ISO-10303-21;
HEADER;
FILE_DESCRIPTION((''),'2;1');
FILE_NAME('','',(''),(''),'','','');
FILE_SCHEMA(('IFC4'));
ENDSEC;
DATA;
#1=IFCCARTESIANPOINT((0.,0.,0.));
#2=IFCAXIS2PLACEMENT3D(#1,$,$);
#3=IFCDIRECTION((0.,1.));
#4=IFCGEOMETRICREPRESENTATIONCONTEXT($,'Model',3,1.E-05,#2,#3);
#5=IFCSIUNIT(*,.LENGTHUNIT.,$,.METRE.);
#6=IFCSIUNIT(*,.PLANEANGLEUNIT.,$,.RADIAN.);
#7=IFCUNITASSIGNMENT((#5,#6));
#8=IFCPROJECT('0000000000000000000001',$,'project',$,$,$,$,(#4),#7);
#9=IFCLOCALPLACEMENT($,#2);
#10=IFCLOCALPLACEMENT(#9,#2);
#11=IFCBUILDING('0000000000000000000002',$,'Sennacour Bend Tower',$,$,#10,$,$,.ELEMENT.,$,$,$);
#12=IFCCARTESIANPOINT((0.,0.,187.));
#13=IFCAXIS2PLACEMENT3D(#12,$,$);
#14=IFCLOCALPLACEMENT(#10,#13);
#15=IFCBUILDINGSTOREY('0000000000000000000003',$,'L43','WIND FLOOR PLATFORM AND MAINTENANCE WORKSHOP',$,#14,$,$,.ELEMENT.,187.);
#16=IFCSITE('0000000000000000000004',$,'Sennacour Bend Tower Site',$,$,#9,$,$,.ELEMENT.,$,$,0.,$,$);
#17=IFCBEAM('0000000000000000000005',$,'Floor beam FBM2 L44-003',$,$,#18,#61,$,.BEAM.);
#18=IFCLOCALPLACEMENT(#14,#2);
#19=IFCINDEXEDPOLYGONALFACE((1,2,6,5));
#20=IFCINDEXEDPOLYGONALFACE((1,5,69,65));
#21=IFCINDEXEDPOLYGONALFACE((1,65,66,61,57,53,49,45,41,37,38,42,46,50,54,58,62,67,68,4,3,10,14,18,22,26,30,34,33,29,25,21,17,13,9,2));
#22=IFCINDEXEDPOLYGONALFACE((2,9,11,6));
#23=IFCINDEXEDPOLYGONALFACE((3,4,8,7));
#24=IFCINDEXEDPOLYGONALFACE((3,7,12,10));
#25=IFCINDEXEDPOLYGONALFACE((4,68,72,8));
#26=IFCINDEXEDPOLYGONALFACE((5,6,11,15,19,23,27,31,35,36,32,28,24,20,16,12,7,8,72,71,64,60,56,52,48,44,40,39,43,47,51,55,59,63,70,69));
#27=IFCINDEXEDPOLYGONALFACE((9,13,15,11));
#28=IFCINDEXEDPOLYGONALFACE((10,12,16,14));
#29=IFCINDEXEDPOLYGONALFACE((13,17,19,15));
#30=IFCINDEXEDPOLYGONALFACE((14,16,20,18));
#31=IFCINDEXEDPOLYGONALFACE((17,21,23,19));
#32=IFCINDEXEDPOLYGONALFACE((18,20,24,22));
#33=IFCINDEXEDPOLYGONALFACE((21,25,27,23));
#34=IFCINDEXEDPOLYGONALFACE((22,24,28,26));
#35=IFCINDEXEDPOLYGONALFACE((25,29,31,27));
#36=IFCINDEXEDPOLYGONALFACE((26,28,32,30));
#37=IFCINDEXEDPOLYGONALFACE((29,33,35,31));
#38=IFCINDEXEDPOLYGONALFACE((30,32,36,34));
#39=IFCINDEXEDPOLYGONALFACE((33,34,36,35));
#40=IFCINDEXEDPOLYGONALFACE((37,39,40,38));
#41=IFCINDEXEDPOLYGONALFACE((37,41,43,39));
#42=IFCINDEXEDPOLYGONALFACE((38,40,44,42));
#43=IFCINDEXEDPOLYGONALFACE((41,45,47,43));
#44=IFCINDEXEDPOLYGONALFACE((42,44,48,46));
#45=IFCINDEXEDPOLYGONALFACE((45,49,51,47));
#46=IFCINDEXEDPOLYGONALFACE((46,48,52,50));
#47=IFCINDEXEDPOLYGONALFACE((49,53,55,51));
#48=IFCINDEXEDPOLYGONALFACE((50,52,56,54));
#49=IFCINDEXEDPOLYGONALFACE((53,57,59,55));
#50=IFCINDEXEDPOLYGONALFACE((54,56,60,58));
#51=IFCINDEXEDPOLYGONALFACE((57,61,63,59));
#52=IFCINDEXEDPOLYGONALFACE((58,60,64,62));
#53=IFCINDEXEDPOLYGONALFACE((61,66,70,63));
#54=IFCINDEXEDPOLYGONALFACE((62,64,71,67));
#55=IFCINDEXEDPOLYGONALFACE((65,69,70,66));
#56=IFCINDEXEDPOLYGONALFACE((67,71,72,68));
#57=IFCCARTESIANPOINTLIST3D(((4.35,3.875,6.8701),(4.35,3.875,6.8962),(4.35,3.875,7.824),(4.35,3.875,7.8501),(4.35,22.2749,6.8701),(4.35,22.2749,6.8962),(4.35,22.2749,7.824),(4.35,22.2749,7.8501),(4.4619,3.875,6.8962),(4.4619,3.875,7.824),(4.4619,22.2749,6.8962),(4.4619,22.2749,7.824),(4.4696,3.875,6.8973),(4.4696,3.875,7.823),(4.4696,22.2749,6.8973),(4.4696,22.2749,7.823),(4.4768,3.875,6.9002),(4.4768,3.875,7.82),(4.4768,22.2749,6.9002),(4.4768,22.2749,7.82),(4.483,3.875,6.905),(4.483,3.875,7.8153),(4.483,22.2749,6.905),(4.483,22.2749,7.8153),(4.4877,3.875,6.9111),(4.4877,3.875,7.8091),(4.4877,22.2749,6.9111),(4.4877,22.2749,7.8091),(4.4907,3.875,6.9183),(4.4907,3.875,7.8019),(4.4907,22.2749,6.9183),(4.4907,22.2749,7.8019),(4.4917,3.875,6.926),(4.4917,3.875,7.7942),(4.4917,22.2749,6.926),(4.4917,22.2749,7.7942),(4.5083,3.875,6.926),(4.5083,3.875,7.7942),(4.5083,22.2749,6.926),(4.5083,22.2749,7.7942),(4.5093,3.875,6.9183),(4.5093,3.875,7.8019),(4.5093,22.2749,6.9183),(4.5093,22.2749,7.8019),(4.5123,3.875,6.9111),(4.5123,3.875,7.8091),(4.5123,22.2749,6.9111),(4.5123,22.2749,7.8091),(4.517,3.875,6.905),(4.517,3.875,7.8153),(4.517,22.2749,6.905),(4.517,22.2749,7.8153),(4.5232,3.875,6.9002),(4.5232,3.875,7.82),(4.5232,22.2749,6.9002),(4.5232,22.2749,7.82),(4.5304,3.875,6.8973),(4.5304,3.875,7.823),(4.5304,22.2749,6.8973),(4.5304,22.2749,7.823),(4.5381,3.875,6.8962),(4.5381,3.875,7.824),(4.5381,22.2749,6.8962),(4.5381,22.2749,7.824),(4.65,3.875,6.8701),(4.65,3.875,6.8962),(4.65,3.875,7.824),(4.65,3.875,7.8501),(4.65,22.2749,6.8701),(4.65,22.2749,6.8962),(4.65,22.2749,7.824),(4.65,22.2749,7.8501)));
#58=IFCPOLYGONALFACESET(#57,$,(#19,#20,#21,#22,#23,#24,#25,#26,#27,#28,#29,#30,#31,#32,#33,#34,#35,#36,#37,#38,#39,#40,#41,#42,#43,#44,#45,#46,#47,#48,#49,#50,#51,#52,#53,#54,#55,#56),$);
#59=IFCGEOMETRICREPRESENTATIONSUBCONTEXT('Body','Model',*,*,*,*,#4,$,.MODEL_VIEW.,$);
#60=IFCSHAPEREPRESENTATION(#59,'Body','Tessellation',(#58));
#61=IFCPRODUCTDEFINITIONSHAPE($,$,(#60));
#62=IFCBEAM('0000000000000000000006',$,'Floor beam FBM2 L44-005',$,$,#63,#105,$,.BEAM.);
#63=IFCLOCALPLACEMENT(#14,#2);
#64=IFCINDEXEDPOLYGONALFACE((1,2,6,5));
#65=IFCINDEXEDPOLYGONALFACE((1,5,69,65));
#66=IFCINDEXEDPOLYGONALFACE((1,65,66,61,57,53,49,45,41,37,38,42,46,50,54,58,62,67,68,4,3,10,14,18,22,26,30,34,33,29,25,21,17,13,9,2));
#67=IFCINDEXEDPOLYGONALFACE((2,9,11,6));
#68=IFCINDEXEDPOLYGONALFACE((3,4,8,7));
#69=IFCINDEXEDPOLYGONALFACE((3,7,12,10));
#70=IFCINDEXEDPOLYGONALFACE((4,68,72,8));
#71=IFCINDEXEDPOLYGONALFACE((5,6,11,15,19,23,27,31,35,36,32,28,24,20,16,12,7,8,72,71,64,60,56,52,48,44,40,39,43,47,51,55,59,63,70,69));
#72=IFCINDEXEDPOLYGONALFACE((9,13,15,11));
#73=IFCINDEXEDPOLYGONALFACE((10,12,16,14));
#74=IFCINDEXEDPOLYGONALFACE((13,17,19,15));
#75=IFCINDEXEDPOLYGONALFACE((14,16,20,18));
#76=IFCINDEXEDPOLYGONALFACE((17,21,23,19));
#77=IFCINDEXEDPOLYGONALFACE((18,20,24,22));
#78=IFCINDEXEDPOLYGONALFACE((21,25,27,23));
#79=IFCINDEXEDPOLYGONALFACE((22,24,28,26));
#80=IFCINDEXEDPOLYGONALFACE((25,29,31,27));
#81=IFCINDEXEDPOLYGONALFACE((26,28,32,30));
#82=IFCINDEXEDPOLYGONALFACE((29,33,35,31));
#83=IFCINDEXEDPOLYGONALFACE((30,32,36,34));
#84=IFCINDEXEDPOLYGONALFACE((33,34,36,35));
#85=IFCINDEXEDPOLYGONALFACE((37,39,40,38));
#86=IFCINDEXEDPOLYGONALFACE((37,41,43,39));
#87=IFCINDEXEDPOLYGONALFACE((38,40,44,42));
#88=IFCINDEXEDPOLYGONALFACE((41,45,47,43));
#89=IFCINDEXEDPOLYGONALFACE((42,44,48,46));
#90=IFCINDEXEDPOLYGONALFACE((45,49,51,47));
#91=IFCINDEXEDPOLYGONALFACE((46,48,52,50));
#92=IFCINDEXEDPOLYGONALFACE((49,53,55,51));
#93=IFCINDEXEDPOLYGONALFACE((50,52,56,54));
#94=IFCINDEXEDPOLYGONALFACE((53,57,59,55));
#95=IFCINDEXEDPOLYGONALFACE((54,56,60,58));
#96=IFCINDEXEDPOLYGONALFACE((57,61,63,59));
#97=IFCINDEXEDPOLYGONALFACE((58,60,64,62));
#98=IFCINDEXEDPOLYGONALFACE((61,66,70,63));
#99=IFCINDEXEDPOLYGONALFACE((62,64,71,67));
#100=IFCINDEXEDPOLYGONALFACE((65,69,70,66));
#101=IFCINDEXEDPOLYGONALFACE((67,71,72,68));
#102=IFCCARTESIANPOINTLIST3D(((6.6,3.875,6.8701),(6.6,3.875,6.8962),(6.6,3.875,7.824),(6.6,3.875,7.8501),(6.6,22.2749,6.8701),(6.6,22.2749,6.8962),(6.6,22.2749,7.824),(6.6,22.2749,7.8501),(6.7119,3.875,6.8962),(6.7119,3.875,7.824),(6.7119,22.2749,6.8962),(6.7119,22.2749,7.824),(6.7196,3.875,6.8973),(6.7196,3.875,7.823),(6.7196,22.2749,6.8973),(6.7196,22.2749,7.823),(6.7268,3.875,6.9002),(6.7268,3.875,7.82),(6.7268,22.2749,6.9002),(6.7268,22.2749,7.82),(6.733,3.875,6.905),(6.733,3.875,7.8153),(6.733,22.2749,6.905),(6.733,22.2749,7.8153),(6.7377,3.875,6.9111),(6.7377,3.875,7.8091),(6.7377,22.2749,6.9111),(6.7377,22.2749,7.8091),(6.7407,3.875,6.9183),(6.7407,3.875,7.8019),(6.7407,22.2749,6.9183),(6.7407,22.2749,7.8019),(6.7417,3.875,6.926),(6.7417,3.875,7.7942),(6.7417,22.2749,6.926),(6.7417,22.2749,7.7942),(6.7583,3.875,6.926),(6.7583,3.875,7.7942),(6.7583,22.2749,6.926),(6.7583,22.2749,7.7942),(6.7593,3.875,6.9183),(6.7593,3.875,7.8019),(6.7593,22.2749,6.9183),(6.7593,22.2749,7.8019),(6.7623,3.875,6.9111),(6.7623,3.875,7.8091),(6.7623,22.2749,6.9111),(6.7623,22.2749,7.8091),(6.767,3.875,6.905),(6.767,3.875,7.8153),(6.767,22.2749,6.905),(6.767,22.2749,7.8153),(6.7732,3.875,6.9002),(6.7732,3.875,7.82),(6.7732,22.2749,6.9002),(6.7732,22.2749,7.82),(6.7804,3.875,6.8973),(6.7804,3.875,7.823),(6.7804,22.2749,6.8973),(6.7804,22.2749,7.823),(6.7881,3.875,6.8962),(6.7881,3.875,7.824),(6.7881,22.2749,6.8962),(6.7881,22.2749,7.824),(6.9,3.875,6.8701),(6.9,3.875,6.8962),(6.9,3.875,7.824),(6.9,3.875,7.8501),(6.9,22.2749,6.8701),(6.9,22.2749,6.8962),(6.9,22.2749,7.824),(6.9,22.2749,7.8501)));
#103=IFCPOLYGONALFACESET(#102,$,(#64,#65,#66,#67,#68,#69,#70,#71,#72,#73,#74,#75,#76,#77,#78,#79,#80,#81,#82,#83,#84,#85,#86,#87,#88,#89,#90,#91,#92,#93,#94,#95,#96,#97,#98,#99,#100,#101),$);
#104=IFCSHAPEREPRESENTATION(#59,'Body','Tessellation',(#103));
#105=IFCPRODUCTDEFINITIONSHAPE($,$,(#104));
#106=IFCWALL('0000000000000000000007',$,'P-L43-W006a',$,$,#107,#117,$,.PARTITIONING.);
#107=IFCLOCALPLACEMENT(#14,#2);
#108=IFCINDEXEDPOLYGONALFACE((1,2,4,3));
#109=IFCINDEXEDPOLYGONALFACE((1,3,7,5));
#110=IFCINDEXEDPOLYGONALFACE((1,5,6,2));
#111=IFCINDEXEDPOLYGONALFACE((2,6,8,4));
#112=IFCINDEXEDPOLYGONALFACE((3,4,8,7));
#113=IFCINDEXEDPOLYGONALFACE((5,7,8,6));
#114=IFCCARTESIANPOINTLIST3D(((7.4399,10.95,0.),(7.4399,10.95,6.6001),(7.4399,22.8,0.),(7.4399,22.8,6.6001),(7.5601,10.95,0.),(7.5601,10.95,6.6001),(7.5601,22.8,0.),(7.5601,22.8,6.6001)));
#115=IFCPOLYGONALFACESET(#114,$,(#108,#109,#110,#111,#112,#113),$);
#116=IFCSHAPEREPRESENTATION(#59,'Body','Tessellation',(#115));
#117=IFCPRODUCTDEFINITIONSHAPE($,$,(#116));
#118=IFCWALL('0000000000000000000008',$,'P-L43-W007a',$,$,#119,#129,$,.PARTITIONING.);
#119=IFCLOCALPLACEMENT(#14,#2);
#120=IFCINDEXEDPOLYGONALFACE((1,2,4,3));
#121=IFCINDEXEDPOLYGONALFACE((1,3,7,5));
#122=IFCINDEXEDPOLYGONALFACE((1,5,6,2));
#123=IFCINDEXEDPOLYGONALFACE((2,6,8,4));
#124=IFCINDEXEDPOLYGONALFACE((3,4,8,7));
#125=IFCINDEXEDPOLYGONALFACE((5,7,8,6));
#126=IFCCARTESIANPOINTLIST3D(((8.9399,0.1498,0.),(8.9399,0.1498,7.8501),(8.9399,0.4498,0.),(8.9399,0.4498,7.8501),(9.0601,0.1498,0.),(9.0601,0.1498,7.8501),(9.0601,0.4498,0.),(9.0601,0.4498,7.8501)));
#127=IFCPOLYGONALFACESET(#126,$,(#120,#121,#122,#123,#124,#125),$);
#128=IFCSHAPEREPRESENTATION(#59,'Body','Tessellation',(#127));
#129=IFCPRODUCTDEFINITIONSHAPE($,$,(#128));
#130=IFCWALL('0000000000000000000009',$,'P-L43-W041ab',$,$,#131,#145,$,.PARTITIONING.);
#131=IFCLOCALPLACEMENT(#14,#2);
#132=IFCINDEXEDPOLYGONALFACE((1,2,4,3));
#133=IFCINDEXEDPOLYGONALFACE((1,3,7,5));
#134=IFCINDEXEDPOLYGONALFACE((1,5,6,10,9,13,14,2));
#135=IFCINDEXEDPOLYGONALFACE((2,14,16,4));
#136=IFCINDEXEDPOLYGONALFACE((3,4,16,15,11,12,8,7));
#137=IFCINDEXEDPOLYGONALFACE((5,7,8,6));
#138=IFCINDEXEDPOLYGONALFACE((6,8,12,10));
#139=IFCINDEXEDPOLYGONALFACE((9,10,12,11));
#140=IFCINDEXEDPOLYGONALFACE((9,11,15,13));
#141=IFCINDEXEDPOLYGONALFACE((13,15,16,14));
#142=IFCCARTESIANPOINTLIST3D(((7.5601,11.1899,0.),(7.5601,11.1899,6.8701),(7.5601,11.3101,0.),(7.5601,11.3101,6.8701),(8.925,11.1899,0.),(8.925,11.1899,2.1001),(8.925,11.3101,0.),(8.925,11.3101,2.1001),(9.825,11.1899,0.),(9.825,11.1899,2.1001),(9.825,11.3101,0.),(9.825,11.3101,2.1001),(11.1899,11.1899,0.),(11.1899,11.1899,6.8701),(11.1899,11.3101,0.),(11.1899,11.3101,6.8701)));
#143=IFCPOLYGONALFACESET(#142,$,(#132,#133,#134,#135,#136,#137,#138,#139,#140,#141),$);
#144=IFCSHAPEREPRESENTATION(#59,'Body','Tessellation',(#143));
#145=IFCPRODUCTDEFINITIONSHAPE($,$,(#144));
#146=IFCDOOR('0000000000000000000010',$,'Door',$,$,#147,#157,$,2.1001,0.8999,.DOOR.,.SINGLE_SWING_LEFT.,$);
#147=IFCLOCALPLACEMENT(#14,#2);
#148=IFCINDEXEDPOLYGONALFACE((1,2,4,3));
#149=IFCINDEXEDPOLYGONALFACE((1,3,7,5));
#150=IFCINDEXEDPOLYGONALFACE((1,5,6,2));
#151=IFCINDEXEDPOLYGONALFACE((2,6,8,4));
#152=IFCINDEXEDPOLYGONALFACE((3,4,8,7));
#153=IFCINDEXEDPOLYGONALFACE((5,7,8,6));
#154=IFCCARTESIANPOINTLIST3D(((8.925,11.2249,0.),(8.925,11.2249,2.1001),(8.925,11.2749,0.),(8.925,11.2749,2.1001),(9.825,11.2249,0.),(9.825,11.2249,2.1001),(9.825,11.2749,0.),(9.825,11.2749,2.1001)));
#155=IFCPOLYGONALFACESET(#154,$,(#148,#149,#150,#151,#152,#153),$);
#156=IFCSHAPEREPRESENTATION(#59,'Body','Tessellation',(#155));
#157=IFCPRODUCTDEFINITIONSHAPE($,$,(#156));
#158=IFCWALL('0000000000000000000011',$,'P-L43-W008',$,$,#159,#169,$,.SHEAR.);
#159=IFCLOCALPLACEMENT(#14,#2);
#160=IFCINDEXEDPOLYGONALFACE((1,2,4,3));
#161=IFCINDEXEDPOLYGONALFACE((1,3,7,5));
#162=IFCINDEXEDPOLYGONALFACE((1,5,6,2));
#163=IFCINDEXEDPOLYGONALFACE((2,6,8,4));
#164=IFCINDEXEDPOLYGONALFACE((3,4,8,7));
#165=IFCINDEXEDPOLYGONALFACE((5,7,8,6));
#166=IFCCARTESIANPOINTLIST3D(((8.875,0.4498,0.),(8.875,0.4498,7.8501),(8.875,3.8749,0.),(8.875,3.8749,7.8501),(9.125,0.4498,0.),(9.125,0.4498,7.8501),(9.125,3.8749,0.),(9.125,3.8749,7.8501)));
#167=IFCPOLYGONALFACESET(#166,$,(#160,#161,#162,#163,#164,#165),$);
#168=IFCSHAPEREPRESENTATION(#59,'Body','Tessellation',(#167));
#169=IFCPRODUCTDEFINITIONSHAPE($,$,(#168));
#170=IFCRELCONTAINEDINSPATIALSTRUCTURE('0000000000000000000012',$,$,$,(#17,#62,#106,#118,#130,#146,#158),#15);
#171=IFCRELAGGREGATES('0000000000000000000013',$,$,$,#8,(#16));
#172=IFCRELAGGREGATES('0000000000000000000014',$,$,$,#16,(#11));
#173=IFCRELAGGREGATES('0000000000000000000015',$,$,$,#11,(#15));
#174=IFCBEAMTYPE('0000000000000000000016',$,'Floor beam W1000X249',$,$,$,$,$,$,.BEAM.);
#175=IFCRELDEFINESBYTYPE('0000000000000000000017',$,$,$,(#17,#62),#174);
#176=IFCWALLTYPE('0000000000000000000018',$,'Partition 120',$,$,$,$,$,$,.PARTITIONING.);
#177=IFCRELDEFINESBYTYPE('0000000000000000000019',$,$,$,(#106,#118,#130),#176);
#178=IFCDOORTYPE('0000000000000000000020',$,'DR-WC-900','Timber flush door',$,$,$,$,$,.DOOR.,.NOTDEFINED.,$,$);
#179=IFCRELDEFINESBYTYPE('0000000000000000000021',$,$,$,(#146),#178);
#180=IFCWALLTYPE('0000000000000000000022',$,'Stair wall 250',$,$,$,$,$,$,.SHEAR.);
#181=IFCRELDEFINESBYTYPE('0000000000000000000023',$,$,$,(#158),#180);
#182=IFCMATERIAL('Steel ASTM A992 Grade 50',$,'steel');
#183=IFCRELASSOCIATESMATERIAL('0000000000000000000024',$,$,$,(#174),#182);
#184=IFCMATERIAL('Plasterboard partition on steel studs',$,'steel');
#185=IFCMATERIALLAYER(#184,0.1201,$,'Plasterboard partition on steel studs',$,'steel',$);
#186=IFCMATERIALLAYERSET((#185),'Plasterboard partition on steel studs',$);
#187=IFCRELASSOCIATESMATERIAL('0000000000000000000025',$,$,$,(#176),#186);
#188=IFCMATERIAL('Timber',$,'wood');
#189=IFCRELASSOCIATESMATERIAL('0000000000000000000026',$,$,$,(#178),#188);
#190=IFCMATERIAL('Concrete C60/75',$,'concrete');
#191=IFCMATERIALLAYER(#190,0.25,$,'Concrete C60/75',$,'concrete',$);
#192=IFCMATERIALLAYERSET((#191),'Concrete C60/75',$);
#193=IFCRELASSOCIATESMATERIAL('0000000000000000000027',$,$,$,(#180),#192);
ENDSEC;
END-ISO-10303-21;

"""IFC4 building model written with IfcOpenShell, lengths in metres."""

from ifc_helpers import new_model, si_unit, direction, frame, frame_2d, origin, origin_2d, place, context, subcontext, project, spatial, rectangle, i_section, extrude, material, layer, layer_set, material_profile, profile_set, type_object, element, fill, save


model = new_model("IFC4")

# Units and contexts
model_context = context("Model", 3, precision=1e-05, world=origin(), true_north=direction((0.0, 1.0)))
body_context = subcontext(model_context, "Body", "Model", "MODEL_VIEW")
ifc_project = project(units=[si_unit("LENGTHUNIT", "METRE"), si_unit("PLANEANGLEUNIT", "RADIAN")], contexts=[model_context])

# Site, building, storey
site_placement = place(None, origin())
site = spatial("IfcSite", under=ifc_project, at=site_placement, Name="Sennacour Bend Tower Site", CompositionType="ELEMENT", RefElevation=0.0)
building_placement = place(site_placement, origin())
building = spatial("IfcBuilding", under=site, at=building_placement, Name="Sennacour Bend Tower", CompositionType="ELEMENT")
storey_placement = place(building_placement, frame((0.0, 0.0, 187.0)))
storey = spatial("IfcBuildingStorey", under=building, at=storey_placement, Name="L43", Description="WIND FLOOR PLATFORM AND MAINTENANCE WORKSHOP", CompositionType="ELEMENT", Elevation=187.0)

# Shared definitions
ifc_material_1 = material(Name="Steel ASTM A992 Grade 50", Category="steel")

# Beams
ifc_material_profile_1 = material_profile(ifc_material_1, i_section(OverallWidth=0.3, OverallDepth=0.98, WebThickness=0.0166, FlangeThickness=0.0261, FilletRadius=0.0298, at=origin_2d()), Name="Steel ASTM A992 Grade 50", Category="steel")
ifc_profile_set_1 = profile_set([ifc_material_profile_1], Name="Steel ASTM A992 Grade 50")
beam_type = type_object("IfcBeamType", Name="Floor beam W1000X249", PredefinedType="BEAM", material=ifc_profile_set_1)
for number, where, z_axis, x_axis, name in (
    (1, (4.5, 3.875, 7.3601), (0.0, 1.0, 0.0), (-1.0, 0.0, 0.0), "Floor beam FBM2 L44-003"),
    (2, (6.75, 3.875, 7.3601), (0.0, 1.0, 0.0), (-1.0, 0.0, 0.0), "Floor beam FBM2 L44-005"),
):
    element("IfcBeam", number, at=place(storey_placement, frame(where, z_axis=z_axis, x_axis=x_axis)), inside=storey, type_object=beam_type, Name=name, PredefinedType="BEAM", context=body_context, shape_type="SweptSolid", body=[
        extrude(i_section(OverallWidth=0.3, OverallDepth=0.98, WebThickness=0.0166, FlangeThickness=0.0261, FilletRadius=0.0298, at=origin_2d()), origin(), (0.0, 0.0, 1.0), 18.3999),
    ])

# Walls
ifc_material_2 = material(Name="Plasterboard partition on steel studs", Category="steel")
ifc_layer_1 = layer(ifc_material_2, 0.1201, Name="Plasterboard partition on steel studs", Category="steel")
ifc_layer_set_1 = layer_set([ifc_layer_1], Name="Plasterboard partition on steel studs")
wall_type_1 = type_object("IfcWallType", Name="Partition 120", PredefinedType="PARTITIONING", material=ifc_layer_set_1)
wall_1_placement = place(storey_placement, frame((7.5, 10.95, 0.0), z_axis=(0.0, 0.0, 1.0), x_axis=(0.0, 1.0, 0.0)))
element("IfcWall", 3, at=wall_1_placement, inside=storey, type_object=wall_type_1, Name="P-L43-W006a", PredefinedType="PARTITIONING", context=body_context, shape_type="SweptSolid", body=[
    extrude(rectangle(XDim=11.8501, YDim=0.1201, at=frame_2d((5.925, 0.0))), origin(), (0.0, 0.0, 1.0), 6.6001),
])
wall_2_placement = place(storey_placement, frame((9.0, 0.1499, 0.0), z_axis=(0.0, 0.0, 1.0), x_axis=(0.0, 1.0, 0.0)))
element("IfcWall", 4, at=wall_2_placement, inside=storey, type_object=wall_type_1, Name="P-L43-W007a", PredefinedType="PARTITIONING", context=body_context, shape_type="SweptSolid", body=[
    extrude(rectangle(XDim=0.3, YDim=0.1201, at=frame_2d((0.1499, 0.0))), origin(), (0.0, 0.0, 1.0), 7.8501),
])

# Wall, opening, door
wall_3_placement = place(storey_placement, frame((7.5601, 11.25, 0.0), z_axis=(0.0, 0.0, 1.0), x_axis=(1.0, 0.0, 0.0)))
wall_3 = element("IfcWall", 5, at=wall_3_placement, inside=storey, type_object=wall_type_1, Name="P-L43-W041ab", PredefinedType="PARTITIONING", context=body_context, shape_type="SweptSolid", body=[
    extrude(rectangle(XDim=3.6299, YDim=0.1201, at=frame_2d((1.8149, 0.0))), origin(), (0.0, 0.0, 1.0), 6.8701),
])
opening_placement = place(wall_3_placement, frame((1.365, 0.0, 0.0)))
opening = element("IfcOpeningElement", 6, at=opening_placement, cuts=wall_3, PredefinedType="OPENING", context=body_context, shape_type="SweptSolid", body=[
    extrude(rectangle(XDim=0.8999, YDim=2.1001, at=frame_2d((0.45, 1.05))), frame((0.0, 0.0701, 0.0), z_axis=(0.0, -1.0, 0.0), x_axis=(1.0, 0.0, 0.0)), (0.0, 0.0, 1.0), 0.1401),
])
ifc_material_3 = material(Name="Timber", Category="wood")
door_type = type_object("IfcDoorType", Name="DR-WC-900", Description="Timber flush door", OperationType="NOTDEFINED", PredefinedType="DOOR", material=ifc_material_3)
door_placement = place(opening_placement, origin())
door = element("IfcDoor", 7, at=door_placement, inside=storey, type_object=door_type, Name="Door", OperationType="SINGLE_SWING_LEFT", OverallHeight=2.1001, OverallWidth=0.8999, PredefinedType="DOOR", context=body_context, shape_type="SweptSolid", body=[
    extrude(rectangle(XDim=0.8999, YDim=2.1001, at=frame_2d((0.45, 1.05))), frame((0.0, 0.0249, 0.0), z_axis=(0.0, -1.0, 0.0), x_axis=(1.0, 0.0, 0.0)), (0.0, 0.0, 1.0), 0.05),
])
fill(opening, door)

# Wall
ifc_material_4 = material(Name="Concrete C60/75", Category="concrete")
ifc_layer_2 = layer(ifc_material_4, 0.25, Name="Concrete C60/75", Category="concrete")
ifc_layer_set_2 = layer_set([ifc_layer_2], Name="Concrete C60/75")
wall_type_2 = type_object("IfcWallType", Name="Stair wall 250", PredefinedType="SHEAR", material=ifc_layer_set_2)
wall_4_placement = place(storey_placement, frame((9.0, 0.45, 0.0), z_axis=(0.0, 0.0, 1.0), x_axis=(0.0, 1.0, 0.0)))
element("IfcWall", 8, at=wall_4_placement, inside=storey, type_object=wall_type_2, Name="P-L43-W008", PredefinedType="SHEAR", context=body_context, shape_type="SweptSolid", body=[
    extrude(rectangle(XDim=3.425, YDim=0.25, at=frame_2d((1.7124, 0.0))), origin(), (0.0, 0.0, 1.0), 7.8501),
])

save(model, "model.ifc")
